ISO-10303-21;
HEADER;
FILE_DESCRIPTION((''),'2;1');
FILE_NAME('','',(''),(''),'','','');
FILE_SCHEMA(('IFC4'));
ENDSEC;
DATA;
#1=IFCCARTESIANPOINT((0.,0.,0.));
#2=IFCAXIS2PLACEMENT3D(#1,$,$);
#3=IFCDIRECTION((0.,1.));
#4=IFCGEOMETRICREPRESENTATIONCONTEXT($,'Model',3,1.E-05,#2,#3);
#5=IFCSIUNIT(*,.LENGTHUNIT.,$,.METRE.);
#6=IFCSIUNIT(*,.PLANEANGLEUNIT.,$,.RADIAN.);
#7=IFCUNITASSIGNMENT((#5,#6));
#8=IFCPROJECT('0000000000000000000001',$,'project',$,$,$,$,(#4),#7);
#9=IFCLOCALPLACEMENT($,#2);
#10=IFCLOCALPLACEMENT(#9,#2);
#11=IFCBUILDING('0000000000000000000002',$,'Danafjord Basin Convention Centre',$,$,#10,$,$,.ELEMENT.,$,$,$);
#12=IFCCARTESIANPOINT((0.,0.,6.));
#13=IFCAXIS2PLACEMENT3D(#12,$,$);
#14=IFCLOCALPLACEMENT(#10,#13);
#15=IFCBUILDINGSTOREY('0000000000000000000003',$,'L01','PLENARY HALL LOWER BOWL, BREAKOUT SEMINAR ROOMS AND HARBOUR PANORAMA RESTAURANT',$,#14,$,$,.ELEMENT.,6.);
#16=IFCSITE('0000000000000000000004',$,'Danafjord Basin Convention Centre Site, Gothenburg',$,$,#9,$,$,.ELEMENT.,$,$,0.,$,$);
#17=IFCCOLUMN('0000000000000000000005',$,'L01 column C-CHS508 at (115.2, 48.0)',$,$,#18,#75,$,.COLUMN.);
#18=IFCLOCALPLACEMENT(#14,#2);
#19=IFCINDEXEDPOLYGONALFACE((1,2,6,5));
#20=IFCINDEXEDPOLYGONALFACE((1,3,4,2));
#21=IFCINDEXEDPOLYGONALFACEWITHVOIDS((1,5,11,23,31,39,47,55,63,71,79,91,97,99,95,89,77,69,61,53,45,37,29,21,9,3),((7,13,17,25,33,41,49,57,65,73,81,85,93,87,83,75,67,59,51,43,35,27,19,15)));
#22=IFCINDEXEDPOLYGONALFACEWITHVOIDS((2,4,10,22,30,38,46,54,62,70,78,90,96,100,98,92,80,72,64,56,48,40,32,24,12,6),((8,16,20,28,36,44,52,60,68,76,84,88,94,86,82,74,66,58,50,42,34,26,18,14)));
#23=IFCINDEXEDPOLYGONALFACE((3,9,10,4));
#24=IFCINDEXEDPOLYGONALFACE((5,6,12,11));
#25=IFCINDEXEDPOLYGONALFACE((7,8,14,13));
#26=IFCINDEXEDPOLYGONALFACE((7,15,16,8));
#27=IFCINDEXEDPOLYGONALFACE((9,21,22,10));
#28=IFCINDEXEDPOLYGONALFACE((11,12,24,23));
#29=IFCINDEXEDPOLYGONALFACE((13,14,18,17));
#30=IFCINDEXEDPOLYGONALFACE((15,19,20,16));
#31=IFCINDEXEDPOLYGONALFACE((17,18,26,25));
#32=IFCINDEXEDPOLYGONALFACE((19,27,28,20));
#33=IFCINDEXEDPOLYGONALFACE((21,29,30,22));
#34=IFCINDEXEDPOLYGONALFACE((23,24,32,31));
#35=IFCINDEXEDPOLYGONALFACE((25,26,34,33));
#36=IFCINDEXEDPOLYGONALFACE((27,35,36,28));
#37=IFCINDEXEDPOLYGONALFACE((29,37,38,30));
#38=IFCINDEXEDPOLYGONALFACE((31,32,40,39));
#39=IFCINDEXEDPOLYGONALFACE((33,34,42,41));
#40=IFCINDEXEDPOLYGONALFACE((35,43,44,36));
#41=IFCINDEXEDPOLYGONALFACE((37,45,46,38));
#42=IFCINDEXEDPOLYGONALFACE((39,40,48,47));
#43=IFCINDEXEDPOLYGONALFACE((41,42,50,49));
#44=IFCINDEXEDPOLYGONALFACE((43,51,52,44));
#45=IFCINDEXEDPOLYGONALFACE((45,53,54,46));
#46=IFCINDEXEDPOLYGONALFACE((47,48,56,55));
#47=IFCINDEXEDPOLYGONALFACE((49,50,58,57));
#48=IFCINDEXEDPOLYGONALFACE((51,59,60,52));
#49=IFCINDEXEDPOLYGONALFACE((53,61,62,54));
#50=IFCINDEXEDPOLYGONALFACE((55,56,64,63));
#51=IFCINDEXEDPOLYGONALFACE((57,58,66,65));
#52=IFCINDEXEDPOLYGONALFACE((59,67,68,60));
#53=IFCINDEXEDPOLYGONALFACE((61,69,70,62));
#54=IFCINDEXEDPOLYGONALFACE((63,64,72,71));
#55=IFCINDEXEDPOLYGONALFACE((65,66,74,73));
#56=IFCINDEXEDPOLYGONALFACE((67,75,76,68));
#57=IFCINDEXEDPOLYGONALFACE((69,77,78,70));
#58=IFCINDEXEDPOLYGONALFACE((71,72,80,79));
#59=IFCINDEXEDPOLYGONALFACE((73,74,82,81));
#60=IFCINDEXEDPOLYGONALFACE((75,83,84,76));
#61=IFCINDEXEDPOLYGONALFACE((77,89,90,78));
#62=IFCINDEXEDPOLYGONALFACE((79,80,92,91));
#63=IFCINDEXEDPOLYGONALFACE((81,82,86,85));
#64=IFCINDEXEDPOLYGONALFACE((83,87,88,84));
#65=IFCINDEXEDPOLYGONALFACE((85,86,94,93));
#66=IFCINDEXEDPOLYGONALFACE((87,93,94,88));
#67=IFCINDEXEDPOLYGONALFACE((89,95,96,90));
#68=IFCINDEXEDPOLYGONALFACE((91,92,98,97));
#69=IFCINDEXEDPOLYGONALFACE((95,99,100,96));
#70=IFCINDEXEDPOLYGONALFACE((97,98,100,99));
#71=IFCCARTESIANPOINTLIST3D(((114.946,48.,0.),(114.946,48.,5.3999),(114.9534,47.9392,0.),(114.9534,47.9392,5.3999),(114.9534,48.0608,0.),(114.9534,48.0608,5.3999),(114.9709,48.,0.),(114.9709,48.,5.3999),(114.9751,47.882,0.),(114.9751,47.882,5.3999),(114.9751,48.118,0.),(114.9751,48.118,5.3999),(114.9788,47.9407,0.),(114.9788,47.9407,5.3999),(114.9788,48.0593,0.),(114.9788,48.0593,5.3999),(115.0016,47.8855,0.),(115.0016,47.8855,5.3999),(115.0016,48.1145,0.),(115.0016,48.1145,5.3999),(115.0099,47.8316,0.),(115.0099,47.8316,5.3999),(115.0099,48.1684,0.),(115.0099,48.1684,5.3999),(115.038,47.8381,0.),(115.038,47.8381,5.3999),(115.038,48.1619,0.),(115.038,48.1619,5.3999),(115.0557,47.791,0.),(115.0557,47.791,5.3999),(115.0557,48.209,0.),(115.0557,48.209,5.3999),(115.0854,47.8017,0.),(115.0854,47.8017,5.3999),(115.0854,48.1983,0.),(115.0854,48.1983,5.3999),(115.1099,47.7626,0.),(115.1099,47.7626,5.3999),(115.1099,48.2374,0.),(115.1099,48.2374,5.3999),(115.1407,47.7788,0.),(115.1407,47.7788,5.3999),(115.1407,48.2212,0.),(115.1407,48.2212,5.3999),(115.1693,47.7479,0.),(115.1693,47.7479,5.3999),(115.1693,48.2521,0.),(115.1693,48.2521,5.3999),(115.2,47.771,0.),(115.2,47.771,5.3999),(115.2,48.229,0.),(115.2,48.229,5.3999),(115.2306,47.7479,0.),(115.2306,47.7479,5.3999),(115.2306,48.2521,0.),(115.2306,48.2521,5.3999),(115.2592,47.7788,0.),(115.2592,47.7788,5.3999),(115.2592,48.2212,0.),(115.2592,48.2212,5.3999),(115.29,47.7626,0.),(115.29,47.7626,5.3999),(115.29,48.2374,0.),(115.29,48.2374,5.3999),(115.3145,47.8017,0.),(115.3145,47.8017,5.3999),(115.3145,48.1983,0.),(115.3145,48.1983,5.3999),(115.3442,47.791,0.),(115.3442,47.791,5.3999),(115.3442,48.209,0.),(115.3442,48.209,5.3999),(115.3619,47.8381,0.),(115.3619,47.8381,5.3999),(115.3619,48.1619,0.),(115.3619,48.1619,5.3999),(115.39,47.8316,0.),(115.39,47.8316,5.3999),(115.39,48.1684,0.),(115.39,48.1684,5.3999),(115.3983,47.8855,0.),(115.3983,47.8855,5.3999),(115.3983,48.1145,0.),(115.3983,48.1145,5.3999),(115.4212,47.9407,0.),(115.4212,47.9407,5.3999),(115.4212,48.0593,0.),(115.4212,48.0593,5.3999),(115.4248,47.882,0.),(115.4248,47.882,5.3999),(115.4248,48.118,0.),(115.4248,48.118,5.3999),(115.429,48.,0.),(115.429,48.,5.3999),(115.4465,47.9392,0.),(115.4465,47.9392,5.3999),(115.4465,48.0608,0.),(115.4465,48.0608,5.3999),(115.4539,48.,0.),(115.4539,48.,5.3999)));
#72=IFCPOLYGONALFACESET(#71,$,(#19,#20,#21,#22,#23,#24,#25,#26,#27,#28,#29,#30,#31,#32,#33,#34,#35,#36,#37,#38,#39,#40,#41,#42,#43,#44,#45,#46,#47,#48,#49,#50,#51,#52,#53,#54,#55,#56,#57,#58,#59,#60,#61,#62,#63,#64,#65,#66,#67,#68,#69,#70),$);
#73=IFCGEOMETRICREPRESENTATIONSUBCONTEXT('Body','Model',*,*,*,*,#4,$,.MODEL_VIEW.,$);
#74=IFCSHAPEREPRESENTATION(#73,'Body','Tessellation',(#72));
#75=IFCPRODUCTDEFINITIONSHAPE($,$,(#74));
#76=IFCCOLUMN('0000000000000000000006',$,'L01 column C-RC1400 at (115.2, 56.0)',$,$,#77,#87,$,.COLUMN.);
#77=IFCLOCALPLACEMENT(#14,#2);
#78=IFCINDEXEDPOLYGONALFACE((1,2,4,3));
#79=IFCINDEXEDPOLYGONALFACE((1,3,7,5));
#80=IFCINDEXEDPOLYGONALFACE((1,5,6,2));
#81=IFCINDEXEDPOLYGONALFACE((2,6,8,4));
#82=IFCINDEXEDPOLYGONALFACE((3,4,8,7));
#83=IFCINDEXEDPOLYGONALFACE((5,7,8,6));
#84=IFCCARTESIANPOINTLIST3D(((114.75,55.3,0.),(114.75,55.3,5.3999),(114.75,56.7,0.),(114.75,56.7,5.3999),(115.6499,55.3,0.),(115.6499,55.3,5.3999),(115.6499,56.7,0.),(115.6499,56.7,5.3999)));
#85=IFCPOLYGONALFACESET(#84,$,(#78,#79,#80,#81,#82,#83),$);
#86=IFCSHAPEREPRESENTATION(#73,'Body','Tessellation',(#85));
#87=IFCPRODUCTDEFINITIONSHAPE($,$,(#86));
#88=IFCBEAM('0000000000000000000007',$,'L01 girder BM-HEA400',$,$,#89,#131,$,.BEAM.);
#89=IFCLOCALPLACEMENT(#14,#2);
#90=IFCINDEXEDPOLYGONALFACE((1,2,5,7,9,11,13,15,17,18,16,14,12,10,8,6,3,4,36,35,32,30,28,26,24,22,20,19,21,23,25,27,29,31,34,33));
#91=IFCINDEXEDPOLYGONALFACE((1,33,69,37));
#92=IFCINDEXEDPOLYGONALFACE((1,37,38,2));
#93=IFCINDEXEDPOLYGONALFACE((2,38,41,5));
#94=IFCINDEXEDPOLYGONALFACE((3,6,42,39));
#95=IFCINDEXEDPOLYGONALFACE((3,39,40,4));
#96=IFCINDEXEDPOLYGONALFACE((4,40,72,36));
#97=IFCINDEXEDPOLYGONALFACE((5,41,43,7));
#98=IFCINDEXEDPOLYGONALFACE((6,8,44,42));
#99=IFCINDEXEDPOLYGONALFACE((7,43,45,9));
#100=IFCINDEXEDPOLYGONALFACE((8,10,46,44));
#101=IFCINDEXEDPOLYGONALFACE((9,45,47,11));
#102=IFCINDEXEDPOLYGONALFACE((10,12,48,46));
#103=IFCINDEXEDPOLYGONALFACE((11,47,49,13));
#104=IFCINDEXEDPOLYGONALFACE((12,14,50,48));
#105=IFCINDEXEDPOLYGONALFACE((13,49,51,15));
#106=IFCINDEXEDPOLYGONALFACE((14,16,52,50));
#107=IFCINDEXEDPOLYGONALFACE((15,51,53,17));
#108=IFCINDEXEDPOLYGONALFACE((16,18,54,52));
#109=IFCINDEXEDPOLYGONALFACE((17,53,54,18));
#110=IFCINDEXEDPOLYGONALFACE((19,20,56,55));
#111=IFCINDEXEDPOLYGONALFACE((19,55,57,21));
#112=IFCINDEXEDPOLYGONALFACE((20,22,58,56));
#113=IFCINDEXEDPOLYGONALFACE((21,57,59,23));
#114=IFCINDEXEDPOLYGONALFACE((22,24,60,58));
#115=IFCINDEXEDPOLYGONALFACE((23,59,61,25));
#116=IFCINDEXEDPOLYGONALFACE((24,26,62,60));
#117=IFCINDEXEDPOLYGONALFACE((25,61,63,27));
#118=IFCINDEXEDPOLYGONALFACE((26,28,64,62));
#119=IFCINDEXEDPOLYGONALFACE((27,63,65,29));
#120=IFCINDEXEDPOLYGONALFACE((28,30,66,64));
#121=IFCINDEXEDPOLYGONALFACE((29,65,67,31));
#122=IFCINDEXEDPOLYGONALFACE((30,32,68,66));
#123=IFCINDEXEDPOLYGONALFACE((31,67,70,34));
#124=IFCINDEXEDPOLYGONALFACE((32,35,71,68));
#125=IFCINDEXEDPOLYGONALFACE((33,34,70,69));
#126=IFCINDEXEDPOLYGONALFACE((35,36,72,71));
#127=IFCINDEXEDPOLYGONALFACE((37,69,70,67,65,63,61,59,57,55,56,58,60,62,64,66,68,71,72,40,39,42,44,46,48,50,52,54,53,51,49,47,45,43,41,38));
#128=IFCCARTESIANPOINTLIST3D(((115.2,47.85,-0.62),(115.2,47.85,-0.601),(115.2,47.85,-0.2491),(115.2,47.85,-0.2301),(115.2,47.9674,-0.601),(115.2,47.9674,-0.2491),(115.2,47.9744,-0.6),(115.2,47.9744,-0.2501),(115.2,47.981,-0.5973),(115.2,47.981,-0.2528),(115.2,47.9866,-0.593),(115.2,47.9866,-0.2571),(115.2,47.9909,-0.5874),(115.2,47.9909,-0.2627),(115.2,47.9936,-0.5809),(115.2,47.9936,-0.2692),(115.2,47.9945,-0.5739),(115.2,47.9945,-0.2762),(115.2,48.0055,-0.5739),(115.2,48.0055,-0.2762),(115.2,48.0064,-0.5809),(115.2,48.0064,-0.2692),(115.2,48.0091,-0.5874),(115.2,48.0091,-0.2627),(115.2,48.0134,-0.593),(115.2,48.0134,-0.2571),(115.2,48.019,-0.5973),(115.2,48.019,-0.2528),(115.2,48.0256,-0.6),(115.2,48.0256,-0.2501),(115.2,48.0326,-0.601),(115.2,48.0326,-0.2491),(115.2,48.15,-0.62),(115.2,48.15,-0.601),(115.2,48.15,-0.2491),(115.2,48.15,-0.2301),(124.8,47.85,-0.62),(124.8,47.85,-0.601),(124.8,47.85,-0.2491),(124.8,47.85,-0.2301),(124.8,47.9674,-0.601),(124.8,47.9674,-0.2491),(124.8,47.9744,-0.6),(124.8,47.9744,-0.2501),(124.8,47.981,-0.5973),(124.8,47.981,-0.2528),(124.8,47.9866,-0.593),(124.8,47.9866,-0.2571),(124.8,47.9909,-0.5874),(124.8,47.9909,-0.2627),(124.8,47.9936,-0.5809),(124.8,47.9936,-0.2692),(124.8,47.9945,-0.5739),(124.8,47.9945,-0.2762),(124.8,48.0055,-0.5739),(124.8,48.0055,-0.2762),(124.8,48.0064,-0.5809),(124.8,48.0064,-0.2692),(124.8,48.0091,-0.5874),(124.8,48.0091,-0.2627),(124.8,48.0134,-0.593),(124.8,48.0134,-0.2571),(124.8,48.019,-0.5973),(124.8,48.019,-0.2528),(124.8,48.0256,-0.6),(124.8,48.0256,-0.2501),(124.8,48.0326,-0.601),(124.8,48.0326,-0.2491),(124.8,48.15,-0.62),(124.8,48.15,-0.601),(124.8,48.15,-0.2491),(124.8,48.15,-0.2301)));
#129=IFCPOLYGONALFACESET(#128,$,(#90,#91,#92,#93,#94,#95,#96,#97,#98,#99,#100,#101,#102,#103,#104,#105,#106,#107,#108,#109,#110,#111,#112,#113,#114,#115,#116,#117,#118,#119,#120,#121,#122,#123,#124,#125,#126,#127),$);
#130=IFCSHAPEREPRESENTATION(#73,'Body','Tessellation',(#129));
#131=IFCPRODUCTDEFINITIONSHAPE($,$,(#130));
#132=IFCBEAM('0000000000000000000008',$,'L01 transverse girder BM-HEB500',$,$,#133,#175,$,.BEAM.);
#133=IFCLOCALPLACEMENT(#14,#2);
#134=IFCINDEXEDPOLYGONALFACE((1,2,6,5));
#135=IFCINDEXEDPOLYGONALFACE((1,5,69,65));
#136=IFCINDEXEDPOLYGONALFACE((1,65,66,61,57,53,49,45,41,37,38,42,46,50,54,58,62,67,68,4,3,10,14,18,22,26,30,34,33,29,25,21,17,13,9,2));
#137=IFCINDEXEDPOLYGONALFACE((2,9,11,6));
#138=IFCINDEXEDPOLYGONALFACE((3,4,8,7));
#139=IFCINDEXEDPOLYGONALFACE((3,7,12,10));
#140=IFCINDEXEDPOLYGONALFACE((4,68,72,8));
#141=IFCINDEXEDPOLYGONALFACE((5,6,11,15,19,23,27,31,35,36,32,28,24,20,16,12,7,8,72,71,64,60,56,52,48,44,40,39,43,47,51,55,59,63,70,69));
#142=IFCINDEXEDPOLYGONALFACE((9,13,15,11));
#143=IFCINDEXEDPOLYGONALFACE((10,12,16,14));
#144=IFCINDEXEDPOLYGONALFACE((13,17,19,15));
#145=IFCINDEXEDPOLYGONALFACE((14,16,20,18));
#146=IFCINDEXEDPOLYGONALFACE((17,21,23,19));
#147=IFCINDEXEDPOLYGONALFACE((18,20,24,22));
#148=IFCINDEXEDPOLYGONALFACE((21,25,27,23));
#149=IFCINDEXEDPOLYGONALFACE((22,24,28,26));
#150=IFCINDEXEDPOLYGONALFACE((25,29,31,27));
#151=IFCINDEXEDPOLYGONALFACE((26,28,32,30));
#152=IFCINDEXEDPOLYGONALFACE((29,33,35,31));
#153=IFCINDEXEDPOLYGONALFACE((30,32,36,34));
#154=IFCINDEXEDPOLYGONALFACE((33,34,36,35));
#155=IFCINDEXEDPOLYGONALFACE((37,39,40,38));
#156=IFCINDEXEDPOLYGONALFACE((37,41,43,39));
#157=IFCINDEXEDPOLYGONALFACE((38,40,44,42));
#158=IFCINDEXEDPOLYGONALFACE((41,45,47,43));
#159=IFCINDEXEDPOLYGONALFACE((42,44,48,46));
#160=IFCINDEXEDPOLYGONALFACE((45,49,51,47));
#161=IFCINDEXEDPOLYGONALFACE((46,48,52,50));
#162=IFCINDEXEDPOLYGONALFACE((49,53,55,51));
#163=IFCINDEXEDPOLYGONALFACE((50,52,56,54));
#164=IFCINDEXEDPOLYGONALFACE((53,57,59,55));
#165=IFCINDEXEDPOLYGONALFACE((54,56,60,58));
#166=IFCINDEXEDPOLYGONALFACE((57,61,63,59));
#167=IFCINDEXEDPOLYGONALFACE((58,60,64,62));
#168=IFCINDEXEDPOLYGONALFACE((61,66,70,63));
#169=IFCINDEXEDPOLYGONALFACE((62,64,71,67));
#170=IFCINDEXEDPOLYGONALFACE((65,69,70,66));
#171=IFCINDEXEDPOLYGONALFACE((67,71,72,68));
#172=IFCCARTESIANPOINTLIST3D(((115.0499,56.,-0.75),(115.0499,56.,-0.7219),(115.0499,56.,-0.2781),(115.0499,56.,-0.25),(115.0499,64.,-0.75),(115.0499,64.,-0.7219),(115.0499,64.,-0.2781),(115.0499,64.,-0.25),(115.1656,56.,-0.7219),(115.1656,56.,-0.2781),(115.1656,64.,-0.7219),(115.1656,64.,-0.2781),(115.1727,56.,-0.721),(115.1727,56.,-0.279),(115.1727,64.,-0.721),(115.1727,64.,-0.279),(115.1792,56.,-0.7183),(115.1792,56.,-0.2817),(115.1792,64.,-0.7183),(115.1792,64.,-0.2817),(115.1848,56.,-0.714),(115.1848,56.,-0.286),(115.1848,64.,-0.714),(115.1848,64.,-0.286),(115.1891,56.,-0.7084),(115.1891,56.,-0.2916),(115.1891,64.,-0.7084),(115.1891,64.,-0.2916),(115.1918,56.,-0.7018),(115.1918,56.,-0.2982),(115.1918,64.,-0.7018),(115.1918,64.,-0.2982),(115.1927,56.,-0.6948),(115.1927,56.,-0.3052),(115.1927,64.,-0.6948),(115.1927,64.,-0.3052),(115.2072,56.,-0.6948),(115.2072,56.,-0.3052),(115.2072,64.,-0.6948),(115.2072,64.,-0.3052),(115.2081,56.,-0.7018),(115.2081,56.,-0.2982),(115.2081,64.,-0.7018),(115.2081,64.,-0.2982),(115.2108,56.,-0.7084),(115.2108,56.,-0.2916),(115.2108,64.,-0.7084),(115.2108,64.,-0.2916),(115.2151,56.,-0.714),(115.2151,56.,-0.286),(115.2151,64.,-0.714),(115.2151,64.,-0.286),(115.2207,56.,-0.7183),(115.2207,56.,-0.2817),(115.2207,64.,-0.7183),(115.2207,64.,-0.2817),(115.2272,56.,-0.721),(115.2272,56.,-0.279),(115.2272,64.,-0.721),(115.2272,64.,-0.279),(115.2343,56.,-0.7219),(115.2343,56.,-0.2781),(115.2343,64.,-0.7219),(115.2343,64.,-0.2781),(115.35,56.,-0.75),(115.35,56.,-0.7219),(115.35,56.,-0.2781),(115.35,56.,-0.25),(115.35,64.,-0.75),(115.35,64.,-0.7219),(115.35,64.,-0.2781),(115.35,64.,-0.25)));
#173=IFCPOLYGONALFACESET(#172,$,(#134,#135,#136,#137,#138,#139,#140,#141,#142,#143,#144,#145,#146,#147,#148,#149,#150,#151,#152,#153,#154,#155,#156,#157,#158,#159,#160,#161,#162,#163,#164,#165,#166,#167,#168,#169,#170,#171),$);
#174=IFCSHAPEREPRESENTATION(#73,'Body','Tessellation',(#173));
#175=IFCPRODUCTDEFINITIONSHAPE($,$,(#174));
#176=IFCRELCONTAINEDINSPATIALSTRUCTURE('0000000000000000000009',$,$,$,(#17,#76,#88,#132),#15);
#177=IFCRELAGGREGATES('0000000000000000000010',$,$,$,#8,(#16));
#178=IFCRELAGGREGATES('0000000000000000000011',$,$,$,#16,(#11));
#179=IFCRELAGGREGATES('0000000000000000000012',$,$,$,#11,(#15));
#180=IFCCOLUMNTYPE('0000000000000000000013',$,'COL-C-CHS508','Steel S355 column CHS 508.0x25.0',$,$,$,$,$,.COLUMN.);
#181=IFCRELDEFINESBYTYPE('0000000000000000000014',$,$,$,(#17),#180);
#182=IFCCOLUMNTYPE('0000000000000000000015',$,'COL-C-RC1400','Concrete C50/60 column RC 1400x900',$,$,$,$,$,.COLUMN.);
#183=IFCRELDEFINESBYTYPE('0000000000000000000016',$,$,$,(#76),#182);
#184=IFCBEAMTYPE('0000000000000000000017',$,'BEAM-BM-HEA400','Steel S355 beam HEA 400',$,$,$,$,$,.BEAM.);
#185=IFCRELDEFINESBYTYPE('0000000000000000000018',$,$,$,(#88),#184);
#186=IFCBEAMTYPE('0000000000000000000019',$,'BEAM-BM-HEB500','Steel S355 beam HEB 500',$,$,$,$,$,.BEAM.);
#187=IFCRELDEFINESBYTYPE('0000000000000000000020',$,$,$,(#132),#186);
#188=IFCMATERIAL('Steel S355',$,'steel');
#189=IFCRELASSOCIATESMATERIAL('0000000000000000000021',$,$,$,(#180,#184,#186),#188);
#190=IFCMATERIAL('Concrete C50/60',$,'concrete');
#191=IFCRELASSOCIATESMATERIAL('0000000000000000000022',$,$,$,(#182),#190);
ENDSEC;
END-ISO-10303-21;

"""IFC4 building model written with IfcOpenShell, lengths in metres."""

from ifc_helpers import new_model, si_unit, direction, frame, origin, origin_2d, place, context, subcontext, project, spatial, rectangle, hollow_circle, i_section, extrude, material, material_profile, profile_set, type_object, element, save


model = new_model("IFC4")

# Units and contexts
model_context = context("Model", 3, precision=1e-05, world=origin(), true_north=direction((0.0, 1.0)))
body_context = subcontext(model_context, "Body", "Model", "MODEL_VIEW")
ifc_project = project(units=[si_unit("LENGTHUNIT", "METRE"), si_unit("PLANEANGLEUNIT", "RADIAN")], contexts=[model_context])

# Site, building, storey
site_placement = place(None, origin())
site = spatial("IfcSite", under=ifc_project, at=site_placement, Name="Danafjord Basin Convention Centre Site, Gothenburg", CompositionType="ELEMENT", RefElevation=0.0)
building_placement = place(site_placement, origin())
building = spatial("IfcBuilding", under=site, at=building_placement, Name="Danafjord Basin Convention Centre", CompositionType="ELEMENT")
storey_placement = place(building_placement, frame((0.0, 0.0, 6.0)))
storey = spatial("IfcBuildingStorey", under=building, at=storey_placement, Name="L01", Description="PLENARY HALL LOWER BOWL, BREAKOUT SEMINAR ROOMS AND HARBOUR PANORAMA RESTAURANT", CompositionType="ELEMENT", Elevation=6.0)

# Columns
ifc_material_1 = material(Name="Steel S355", Category="steel")
ifc_material_profile_1 = material_profile(ifc_material_1, hollow_circle(Radius=0.2539, WallThickness=0.0249, at=origin_2d()), Name="CHS 508.0x25.0")
ifc_profile_set_1 = profile_set([ifc_material_profile_1], Name="Steel S355")
column_type_1 = type_object("IfcColumnType", Name="COL-C-CHS508", Description="Steel S355 column CHS 508.0x25.0", PredefinedType="COLUMN", material=ifc_profile_set_1)
column_1_placement = place(storey_placement, frame((115.2, 48.0, 0.0), z_axis=(0.0, 0.0, 1.0), x_axis=(1.0, 0.0, 0.0)))
element("IfcColumn", 1, at=column_1_placement, inside=storey, type_object=column_type_1, Name="L01 column C-CHS508 at (115.2, 48.0)", PredefinedType="COLUMN", context=body_context, shape_type="SweptSolid", body=[
    extrude(hollow_circle(Radius=0.2539, WallThickness=0.0249, at=origin_2d()), origin(), (0.0, 0.0, 1.0), 5.3999),
])
ifc_material_2 = material(Name="Concrete C50/60", Category="concrete")
ifc_material_profile_2 = material_profile(ifc_material_2, rectangle(XDim=0.8999, YDim=1.3999, at=origin_2d()), Name="RC 1400x900")
ifc_profile_set_2 = profile_set([ifc_material_profile_2], Name="Concrete C50/60")
column_type_2 = type_object("IfcColumnType", Name="COL-C-RC1400", Description="Concrete C50/60 column RC 1400x900", PredefinedType="COLUMN", material=ifc_profile_set_2)
column_2_placement = place(storey_placement, frame((115.2, 56.0, 0.0), z_axis=(0.0, 0.0, 1.0), x_axis=(1.0, 0.0, 0.0)))
element("IfcColumn", 2, at=column_2_placement, inside=storey, type_object=column_type_2, Name="L01 column C-RC1400 at (115.2, 56.0)", PredefinedType="COLUMN", context=body_context, shape_type="SweptSolid", body=[
    extrude(rectangle(XDim=0.8999, YDim=1.3999, at=origin_2d()), origin(), (0.0, 0.0, 1.0), 5.3999),
])

# Beams
ifc_material_profile_3 = material_profile(ifc_material_1, i_section(OverallWidth=0.3, OverallDepth=0.3899, WebThickness=0.011, FlangeThickness=0.019, FilletRadius=0.0271, at=origin_2d()), Name="HEA 400")
ifc_profile_set_3 = profile_set([ifc_material_profile_3], Name="Steel S355")
beam_type_1 = type_object("IfcBeamType", Name="BEAM-BM-HEA400", Description="Steel S355 beam HEA 400", PredefinedType="BEAM", material=ifc_profile_set_3)
beam_1_placement = place(storey_placement, frame((115.2, 48.0, -0.425), z_axis=(1.0, 0.0, 0.0), x_axis=(0.0, 1.0, 0.0)))
element("IfcBeam", 3, at=beam_1_placement, inside=storey, type_object=beam_type_1, Name="L01 girder BM-HEA400", PredefinedType="BEAM", context=body_context, shape_type="SweptSolid", body=[
    extrude(i_section(OverallWidth=0.3, OverallDepth=0.3899, WebThickness=0.011, FlangeThickness=0.019, FilletRadius=0.0271, at=origin_2d()), origin(), (0.0, 0.0, 1.0), 9.6001),
])
ifc_material_profile_4 = material_profile(ifc_material_1, i_section(OverallWidth=0.3, OverallDepth=0.5, WebThickness=0.0144, FlangeThickness=0.0281, FilletRadius=0.0271, at=origin_2d()), Name="HEB 500")
ifc_profile_set_4 = profile_set([ifc_material_profile_4], Name="Steel S355")
beam_type_2 = type_object("IfcBeamType", Name="BEAM-BM-HEB500", Description="Steel S355 beam HEB 500", PredefinedType="BEAM", material=ifc_profile_set_4)
beam_2_placement = place(storey_placement, frame((115.2, 56.0, -0.5), z_axis=(0.0, 1.0, 0.0), x_axis=(-1.0, 0.0, 0.0)))
element("IfcBeam", 4, at=beam_2_placement, inside=storey, type_object=beam_type_2, Name="L01 transverse girder BM-HEB500", PredefinedType="BEAM", context=body_context, shape_type="SweptSolid", body=[
    extrude(i_section(OverallWidth=0.3, OverallDepth=0.5, WebThickness=0.0144, FlangeThickness=0.0281, FilletRadius=0.0271, at=origin_2d()), origin(), (0.0, 0.0, 1.0), 8.0),
])

save(model, "model.ifc")
